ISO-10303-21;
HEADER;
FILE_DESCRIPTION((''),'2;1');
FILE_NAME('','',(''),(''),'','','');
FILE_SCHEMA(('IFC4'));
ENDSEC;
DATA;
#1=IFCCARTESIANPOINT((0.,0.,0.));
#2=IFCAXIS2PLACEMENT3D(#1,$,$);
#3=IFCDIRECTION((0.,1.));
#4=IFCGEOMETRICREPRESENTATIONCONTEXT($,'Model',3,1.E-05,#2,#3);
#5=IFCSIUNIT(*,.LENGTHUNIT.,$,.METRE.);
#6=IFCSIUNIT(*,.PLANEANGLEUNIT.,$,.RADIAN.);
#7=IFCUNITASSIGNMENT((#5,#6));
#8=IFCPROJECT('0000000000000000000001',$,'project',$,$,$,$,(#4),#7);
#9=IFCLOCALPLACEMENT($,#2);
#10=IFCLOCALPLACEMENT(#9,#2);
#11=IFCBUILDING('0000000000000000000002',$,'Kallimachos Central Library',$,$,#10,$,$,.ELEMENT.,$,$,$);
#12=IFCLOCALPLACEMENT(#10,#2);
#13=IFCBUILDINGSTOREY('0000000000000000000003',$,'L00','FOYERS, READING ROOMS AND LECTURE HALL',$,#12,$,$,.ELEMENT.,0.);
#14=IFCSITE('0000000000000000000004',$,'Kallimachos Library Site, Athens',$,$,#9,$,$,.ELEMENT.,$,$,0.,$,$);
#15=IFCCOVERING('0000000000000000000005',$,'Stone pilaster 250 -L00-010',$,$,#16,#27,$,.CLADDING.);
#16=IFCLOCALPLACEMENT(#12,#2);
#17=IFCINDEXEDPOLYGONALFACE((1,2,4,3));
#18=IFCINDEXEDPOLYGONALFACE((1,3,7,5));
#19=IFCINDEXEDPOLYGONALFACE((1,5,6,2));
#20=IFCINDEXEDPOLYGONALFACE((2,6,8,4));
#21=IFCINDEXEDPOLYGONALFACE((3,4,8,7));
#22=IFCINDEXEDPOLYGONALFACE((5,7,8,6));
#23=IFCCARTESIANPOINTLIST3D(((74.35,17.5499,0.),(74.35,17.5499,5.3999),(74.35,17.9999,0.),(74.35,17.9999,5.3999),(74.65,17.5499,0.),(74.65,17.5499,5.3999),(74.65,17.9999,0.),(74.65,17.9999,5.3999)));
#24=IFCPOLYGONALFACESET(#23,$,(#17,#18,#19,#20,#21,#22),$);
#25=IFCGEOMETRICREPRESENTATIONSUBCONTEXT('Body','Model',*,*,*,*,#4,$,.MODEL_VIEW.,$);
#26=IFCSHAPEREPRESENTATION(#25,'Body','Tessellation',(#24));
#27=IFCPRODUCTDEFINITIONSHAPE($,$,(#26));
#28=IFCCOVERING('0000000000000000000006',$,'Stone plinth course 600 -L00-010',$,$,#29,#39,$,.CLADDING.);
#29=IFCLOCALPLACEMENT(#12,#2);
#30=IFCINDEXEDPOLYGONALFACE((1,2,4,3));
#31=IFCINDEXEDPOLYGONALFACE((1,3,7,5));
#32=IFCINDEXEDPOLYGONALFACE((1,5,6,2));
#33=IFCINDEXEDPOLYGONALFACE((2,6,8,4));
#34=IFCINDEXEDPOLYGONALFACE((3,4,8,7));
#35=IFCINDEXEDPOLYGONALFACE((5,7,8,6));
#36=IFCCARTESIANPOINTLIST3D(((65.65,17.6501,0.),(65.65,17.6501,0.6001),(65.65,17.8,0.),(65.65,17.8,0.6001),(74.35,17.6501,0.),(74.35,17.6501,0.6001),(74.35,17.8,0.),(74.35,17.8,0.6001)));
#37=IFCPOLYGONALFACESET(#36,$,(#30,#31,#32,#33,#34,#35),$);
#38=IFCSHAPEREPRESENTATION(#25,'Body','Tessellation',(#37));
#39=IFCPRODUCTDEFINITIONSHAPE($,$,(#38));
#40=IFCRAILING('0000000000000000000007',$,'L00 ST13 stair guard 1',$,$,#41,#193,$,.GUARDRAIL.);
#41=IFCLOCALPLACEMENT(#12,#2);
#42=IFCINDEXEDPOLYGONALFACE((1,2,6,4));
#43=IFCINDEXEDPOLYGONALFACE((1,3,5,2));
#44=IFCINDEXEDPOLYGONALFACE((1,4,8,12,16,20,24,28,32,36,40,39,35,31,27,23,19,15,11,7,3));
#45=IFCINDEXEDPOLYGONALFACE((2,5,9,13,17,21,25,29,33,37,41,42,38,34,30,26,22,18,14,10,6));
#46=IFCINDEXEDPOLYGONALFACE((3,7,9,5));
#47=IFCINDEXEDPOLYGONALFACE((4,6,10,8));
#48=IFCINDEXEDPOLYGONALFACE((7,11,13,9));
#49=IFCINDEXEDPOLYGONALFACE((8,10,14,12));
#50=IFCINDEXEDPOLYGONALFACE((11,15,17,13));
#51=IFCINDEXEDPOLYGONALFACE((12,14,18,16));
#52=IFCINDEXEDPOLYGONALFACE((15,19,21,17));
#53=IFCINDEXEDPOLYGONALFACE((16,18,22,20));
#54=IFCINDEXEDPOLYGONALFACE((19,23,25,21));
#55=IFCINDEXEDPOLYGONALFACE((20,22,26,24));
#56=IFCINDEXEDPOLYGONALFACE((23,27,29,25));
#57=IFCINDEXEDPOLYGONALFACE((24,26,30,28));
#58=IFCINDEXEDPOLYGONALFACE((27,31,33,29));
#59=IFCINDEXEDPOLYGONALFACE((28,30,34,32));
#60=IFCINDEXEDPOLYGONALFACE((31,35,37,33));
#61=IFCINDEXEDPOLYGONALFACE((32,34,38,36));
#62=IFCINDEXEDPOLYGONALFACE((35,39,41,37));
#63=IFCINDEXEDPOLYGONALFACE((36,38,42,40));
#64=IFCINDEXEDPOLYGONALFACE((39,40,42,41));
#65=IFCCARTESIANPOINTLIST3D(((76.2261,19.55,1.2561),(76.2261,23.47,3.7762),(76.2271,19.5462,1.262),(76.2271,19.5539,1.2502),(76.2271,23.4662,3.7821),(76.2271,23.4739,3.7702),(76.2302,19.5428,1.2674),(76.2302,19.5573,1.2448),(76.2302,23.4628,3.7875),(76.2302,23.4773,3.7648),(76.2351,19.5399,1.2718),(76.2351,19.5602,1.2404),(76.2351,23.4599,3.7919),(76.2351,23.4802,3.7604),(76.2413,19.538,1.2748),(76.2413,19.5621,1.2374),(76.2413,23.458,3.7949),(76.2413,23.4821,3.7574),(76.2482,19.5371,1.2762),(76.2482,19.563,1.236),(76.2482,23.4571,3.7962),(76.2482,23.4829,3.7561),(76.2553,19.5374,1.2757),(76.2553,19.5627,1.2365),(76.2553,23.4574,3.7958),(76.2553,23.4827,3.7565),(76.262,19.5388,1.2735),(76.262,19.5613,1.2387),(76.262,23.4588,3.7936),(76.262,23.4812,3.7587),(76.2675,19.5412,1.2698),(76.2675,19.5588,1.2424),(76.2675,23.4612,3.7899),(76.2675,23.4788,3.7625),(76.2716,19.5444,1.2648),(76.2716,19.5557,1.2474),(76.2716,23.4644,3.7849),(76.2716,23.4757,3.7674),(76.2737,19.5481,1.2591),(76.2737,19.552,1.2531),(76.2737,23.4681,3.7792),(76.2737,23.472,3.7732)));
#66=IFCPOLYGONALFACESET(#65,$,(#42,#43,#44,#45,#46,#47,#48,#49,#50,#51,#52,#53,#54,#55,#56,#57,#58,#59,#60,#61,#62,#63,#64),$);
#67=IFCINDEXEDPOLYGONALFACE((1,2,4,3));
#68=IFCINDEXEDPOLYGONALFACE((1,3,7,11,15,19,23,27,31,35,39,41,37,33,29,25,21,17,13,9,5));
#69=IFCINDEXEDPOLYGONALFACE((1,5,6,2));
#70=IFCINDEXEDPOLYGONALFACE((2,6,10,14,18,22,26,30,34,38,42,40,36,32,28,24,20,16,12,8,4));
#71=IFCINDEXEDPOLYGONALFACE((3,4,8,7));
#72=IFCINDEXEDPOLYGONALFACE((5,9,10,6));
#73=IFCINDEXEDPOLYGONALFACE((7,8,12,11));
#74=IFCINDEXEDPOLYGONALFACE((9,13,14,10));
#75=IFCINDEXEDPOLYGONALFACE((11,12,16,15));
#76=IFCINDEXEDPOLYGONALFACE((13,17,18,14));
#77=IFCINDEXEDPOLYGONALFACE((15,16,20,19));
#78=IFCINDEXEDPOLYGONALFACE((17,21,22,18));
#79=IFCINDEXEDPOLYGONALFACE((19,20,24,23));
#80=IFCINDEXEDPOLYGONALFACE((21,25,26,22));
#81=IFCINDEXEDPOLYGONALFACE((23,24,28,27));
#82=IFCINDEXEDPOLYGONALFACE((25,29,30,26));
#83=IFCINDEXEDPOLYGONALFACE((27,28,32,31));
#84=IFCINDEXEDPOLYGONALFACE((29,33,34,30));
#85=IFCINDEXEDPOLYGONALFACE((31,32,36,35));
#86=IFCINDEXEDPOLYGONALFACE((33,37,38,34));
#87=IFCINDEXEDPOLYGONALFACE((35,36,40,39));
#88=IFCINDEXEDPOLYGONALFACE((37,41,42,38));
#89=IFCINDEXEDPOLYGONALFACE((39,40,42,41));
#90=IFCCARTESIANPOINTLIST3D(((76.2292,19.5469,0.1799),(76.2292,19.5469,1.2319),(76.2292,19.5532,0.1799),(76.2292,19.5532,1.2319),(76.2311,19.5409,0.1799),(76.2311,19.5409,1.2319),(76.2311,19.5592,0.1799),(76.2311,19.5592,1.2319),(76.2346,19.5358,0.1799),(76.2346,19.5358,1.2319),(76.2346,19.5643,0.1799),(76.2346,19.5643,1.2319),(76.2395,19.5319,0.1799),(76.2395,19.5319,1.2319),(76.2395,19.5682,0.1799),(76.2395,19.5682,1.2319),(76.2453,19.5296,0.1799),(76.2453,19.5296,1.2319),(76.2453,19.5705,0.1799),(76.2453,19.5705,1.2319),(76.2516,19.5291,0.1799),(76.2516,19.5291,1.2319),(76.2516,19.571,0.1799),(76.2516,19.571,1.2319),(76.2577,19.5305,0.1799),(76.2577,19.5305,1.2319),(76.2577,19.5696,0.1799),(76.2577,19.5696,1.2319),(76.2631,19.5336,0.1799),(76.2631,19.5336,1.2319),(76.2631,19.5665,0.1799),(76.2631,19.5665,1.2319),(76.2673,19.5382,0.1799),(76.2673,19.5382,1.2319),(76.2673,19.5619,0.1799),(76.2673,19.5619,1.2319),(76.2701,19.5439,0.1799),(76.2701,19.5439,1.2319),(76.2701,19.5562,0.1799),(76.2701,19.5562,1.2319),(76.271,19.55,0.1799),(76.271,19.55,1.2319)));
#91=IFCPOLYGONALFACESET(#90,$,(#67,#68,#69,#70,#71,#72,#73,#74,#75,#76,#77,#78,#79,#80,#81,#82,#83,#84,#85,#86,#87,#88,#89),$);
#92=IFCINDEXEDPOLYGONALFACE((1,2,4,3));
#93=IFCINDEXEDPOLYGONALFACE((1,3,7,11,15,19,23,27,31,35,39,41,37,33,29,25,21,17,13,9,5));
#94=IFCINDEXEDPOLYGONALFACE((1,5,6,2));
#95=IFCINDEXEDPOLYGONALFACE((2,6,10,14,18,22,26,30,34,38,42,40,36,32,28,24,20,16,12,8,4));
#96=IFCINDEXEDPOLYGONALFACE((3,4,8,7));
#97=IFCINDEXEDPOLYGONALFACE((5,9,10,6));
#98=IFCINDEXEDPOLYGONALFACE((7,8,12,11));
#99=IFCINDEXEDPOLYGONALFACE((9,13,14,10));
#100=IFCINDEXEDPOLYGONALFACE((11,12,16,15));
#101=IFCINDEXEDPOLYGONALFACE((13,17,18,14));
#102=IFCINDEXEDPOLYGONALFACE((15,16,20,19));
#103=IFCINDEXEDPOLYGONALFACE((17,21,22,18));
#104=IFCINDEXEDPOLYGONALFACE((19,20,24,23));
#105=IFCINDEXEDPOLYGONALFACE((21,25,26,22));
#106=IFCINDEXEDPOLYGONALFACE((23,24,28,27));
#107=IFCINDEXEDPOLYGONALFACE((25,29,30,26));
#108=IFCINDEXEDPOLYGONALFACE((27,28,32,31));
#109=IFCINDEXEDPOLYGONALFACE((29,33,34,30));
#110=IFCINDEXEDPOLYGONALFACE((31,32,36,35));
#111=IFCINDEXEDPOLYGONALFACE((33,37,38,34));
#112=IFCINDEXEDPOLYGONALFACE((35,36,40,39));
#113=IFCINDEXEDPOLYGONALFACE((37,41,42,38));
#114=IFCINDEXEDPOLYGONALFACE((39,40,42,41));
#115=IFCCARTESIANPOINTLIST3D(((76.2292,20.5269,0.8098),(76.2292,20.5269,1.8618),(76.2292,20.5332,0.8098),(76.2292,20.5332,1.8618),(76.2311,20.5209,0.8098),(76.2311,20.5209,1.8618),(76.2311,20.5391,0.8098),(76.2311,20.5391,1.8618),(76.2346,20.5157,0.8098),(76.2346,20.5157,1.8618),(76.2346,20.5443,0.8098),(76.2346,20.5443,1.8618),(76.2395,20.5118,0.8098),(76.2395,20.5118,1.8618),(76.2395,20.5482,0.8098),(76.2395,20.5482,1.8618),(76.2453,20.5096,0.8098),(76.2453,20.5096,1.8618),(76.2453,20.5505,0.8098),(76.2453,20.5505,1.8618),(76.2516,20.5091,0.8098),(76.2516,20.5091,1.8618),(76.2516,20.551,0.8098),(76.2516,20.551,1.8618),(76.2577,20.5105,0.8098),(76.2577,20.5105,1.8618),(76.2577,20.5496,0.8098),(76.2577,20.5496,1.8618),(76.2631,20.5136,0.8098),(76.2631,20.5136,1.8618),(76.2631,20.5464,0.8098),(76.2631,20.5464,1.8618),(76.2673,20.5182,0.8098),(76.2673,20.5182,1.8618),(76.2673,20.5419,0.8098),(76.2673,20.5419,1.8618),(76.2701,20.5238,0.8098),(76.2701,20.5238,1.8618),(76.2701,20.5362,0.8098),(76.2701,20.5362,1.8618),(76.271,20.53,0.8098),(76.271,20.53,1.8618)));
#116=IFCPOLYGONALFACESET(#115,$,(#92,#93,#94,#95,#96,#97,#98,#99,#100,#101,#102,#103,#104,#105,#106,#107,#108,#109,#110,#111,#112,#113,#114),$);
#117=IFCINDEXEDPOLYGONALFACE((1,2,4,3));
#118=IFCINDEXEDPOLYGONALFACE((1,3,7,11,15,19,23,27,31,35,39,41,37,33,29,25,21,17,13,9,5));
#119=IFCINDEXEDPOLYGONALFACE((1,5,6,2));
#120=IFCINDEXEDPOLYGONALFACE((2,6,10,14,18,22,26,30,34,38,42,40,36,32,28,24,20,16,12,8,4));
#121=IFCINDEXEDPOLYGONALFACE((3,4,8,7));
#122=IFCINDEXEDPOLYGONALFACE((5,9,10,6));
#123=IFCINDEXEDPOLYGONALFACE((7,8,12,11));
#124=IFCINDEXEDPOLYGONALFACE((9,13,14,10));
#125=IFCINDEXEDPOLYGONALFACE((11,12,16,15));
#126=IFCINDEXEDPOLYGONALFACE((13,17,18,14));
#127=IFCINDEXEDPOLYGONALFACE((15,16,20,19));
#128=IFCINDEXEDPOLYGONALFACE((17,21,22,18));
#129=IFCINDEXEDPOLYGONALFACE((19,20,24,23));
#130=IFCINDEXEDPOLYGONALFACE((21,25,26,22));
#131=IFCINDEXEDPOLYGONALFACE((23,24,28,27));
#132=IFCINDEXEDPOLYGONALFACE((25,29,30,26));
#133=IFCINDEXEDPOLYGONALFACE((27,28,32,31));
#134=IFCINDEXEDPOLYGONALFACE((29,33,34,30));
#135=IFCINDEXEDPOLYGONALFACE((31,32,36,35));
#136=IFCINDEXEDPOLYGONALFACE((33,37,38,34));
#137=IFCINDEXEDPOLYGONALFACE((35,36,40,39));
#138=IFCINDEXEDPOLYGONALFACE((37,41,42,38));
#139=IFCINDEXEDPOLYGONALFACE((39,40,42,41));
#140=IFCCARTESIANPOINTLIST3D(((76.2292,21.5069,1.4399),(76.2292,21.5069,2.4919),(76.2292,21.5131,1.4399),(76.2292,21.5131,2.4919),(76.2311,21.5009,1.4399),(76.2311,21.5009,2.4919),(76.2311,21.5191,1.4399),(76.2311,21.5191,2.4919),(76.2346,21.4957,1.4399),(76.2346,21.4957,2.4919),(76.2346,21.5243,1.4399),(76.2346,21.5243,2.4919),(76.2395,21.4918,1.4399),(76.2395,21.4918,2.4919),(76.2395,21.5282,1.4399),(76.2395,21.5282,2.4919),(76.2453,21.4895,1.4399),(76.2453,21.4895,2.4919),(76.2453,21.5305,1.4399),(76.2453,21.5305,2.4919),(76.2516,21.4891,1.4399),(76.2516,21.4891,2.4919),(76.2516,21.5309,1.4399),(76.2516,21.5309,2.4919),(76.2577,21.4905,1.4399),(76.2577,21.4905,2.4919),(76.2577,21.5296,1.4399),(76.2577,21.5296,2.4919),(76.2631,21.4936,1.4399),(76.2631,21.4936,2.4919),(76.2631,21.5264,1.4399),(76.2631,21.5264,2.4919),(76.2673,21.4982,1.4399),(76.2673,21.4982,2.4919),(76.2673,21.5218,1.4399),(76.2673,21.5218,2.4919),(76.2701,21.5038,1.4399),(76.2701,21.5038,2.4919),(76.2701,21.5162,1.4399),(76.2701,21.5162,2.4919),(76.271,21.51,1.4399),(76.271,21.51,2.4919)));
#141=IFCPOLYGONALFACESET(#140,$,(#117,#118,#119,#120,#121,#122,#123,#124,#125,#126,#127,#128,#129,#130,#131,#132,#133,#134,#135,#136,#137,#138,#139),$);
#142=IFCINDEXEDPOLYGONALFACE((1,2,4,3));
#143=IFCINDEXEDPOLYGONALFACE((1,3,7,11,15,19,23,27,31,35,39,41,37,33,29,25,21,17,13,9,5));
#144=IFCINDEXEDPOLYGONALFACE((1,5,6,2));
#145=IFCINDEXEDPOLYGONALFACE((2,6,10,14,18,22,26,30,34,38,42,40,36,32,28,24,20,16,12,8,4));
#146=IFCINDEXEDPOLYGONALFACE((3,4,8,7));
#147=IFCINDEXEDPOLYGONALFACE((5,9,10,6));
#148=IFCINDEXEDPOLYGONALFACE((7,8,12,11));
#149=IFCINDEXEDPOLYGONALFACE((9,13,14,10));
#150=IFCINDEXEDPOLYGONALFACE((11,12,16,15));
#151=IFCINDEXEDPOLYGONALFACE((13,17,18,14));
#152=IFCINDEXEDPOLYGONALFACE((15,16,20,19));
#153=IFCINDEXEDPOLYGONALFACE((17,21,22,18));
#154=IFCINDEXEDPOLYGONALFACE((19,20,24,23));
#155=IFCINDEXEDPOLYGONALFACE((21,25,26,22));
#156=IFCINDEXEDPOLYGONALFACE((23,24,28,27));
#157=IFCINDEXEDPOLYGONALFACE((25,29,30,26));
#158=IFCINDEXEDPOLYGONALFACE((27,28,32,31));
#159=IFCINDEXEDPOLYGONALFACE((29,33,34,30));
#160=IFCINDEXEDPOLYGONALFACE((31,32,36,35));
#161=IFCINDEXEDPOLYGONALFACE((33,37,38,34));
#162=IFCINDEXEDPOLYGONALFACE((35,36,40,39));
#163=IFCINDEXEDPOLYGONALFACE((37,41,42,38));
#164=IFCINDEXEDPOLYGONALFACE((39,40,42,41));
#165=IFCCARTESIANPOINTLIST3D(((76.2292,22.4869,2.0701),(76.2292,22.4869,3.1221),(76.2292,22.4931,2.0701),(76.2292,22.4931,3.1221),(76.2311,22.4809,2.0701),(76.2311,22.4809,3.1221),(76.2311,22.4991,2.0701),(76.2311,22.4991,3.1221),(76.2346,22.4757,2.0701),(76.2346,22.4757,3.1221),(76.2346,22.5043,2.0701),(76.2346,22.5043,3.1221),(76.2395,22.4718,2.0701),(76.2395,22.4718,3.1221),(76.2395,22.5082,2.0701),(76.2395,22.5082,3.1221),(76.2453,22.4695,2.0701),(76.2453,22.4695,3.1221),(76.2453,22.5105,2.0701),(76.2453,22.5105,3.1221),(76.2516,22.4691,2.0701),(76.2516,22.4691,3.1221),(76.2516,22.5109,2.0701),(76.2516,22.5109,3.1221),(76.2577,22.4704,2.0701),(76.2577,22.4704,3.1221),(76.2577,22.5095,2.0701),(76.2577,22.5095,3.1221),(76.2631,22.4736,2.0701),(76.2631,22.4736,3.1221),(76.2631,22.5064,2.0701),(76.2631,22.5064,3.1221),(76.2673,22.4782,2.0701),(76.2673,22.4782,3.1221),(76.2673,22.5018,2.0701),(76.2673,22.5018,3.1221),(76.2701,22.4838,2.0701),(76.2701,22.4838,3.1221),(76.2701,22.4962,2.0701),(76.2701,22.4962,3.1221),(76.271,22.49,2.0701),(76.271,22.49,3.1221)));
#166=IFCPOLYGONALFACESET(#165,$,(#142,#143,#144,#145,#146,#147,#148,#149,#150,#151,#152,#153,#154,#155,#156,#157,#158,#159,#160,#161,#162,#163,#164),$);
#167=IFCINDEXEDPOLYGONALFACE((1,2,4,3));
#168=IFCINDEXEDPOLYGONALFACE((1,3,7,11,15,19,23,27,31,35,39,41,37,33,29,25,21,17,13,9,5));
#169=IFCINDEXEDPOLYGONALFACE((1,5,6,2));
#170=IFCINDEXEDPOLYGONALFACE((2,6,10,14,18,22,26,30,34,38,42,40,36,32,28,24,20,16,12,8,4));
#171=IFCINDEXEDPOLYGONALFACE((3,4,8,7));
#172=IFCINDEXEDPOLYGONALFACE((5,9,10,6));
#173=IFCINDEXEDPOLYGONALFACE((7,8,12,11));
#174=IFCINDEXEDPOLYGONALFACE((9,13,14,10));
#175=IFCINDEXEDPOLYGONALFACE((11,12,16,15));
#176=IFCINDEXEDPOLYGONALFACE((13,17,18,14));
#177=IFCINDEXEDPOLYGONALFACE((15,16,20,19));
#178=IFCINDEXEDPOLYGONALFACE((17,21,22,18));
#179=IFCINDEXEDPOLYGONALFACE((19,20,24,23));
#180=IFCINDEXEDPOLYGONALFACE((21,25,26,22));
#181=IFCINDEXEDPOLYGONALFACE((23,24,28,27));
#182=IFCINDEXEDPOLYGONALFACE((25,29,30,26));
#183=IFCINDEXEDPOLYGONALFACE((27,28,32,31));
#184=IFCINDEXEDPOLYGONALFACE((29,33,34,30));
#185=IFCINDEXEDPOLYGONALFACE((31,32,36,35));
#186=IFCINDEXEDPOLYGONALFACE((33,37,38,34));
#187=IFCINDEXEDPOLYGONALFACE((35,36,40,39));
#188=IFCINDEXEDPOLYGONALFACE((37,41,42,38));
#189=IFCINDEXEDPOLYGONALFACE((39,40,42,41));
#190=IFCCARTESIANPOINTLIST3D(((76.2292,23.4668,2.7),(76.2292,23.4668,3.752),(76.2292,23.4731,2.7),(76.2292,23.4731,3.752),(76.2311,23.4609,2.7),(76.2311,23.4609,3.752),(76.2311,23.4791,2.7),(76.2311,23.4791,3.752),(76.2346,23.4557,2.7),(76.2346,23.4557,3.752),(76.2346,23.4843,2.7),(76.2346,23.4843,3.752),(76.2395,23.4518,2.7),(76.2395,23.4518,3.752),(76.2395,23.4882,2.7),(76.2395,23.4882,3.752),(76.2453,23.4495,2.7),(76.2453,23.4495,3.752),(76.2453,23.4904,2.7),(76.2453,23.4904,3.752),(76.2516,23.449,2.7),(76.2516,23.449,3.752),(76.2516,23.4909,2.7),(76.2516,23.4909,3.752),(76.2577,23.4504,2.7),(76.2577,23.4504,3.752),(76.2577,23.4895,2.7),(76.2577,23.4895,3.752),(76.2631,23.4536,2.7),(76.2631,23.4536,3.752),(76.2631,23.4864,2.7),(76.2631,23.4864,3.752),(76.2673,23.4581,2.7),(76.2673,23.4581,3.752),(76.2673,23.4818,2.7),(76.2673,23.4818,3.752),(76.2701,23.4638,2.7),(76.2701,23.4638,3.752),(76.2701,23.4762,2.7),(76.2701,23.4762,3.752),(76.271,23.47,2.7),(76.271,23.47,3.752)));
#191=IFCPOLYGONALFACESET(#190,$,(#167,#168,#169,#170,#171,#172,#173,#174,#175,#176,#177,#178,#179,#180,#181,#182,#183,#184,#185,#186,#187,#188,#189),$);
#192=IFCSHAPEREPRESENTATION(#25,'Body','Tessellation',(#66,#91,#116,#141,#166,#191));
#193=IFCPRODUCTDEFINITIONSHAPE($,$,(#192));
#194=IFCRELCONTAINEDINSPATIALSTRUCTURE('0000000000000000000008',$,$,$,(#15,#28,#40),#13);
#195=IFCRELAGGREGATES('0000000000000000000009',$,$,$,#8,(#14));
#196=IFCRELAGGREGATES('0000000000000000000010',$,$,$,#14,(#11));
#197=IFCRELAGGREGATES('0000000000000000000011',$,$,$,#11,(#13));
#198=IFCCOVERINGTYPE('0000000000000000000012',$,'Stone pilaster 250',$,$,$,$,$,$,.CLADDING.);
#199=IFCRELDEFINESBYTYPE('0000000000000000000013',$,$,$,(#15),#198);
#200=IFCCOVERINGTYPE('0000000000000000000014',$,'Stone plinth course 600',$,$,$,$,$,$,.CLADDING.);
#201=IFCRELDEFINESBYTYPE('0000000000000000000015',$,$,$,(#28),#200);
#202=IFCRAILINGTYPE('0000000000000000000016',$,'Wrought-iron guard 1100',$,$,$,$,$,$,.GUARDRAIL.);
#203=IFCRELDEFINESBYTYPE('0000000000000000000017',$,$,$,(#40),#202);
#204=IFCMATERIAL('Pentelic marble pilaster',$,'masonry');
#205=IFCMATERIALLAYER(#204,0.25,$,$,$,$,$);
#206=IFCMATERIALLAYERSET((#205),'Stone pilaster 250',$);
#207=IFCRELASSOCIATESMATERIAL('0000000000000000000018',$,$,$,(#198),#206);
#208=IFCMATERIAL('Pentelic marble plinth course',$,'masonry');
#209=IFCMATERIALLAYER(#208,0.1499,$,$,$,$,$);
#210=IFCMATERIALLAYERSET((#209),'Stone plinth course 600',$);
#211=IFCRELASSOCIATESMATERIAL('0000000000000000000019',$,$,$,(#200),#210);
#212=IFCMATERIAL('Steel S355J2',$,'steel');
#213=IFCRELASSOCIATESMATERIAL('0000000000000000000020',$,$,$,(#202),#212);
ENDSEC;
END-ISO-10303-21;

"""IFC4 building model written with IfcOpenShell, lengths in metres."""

from ifc_helpers import new_model, si_unit, direction, frame, origin, origin_2d, place, context, subcontext, project, spatial, rectangle, circle, extrude, material, layer, layer_set, type_object, element, save


model = new_model("IFC4")

# Units and contexts
model_context = context("Model", 3, precision=1e-05, world=origin(), true_north=direction((0.0, 1.0)))
body_context = subcontext(model_context, "Body", "Model", "MODEL_VIEW")
ifc_project = project(units=[si_unit("LENGTHUNIT", "METRE"), si_unit("PLANEANGLEUNIT", "RADIAN")], contexts=[model_context])

# Site, building, storey
site_placement = place(None, origin())
site = spatial("IfcSite", under=ifc_project, at=site_placement, Name="Kallimachos Library Site, Athens", CompositionType="ELEMENT", RefElevation=0.0)
building_placement = place(site_placement, origin())
building = spatial("IfcBuilding", under=site, at=building_placement, Name="Kallimachos Central Library", CompositionType="ELEMENT")
storey_placement = place(building_placement, origin())
storey = spatial("IfcBuildingStorey", under=building, at=storey_placement, Name="L00", Description="FOYERS, READING ROOMS AND LECTURE HALL", CompositionType="ELEMENT", Elevation=0.0)

# Coverings
ifc_material_1 = material(Name="Pentelic marble pilaster", Category="masonry")
ifc_layer_1 = layer(ifc_material_1, 0.25)
ifc_layer_set_1 = layer_set([ifc_layer_1], Name="Stone pilaster 250")
covering_type_1 = type_object("IfcCoveringType", Name="Stone pilaster 250", PredefinedType="CLADDING", material=ifc_layer_set_1)
covering_1_placement = place(storey_placement, frame((74.5, 17.7749, 0.0), z_axis=(0.0, 0.0, 1.0), x_axis=(1.0, 0.0, 0.0)))
element("IfcCovering", 1, at=covering_1_placement, inside=storey, type_object=covering_type_1, Name="Stone pilaster 250 -L00-010", PredefinedType="CLADDING", context=body_context, shape_type="SweptSolid", body=[
    extrude(rectangle(XDim=0.3, YDim=0.45, at=origin_2d()), origin(), (0.0, 0.0, 1.0), 5.3999),
])
ifc_material_2 = material(Name="Pentelic marble plinth course", Category="masonry")
ifc_layer_2 = layer(ifc_material_2, 0.1499)
ifc_layer_set_2 = layer_set([ifc_layer_2], Name="Stone plinth course 600")
covering_type_2 = type_object("IfcCoveringType", Name="Stone plinth course 600", PredefinedType="CLADDING", material=ifc_layer_set_2)
covering_2_placement = place(storey_placement, frame((70.0, 17.7251, 0.0), z_axis=(0.0, 0.0, 1.0), x_axis=(1.0, 0.0, 0.0)))
element("IfcCovering", 2, at=covering_2_placement, inside=storey, type_object=covering_type_2, Name="Stone plinth course 600 -L00-010", PredefinedType="CLADDING", context=body_context, shape_type="SweptSolid", body=[
    extrude(rectangle(XDim=8.7, YDim=0.1499, at=origin_2d()), origin(), (0.0, 0.0, 1.0), 0.6001),
])

# Railing
ifc_material_3 = material(Name="Steel S355J2", Category="steel")
railing_type_1 = type_object("IfcRailingType", Name="Wrought-iron guard 1100", PredefinedType="GUARDRAIL", material=ifc_material_3)
railing_1_placement = place(storey_placement, frame((76.25, 19.55, 0.1799)))
element("IfcRailing", 3, at=railing_1_placement, inside=storey, type_object=railing_type_1, Name="L00 ST13 stair guard 1", PredefinedType="GUARDRAIL", context=body_context, shape_type="SweptSolid", body=[
    extrude(circle(Radius=0.0239, at=origin_2d()), frame((0.0, 0.0, 1.0762), z_axis=(0.0, 0.841172, 0.540768), x_axis=(-1.0, 0.0, 0.0)), (0.0, 0.0, 1.0), 4.6602),
    extrude(circle(Radius=0.021, at=origin_2d()), origin(), (0.0, 0.0, 1.0), 1.052),
    extrude(circle(Radius=0.021, at=origin_2d()), frame((0.0, 0.98, 0.6299)), (0.0, 0.0, 1.0), 1.052),
    extrude(circle(Radius=0.021, at=origin_2d()), frame((0.0, 1.96, 1.26)), (0.0, 0.0, 1.0), 1.052),
    extrude(circle(Radius=0.021, at=origin_2d()), frame((0.0, 2.9399, 1.8901)), (0.0, 0.0, 1.0), 1.052),
    extrude(circle(Radius=0.021, at=origin_2d()), frame((0.0, 3.9199, 2.52)), (0.0, 0.0, 1.0), 1.052),
])

save(model, "model.ifc")
